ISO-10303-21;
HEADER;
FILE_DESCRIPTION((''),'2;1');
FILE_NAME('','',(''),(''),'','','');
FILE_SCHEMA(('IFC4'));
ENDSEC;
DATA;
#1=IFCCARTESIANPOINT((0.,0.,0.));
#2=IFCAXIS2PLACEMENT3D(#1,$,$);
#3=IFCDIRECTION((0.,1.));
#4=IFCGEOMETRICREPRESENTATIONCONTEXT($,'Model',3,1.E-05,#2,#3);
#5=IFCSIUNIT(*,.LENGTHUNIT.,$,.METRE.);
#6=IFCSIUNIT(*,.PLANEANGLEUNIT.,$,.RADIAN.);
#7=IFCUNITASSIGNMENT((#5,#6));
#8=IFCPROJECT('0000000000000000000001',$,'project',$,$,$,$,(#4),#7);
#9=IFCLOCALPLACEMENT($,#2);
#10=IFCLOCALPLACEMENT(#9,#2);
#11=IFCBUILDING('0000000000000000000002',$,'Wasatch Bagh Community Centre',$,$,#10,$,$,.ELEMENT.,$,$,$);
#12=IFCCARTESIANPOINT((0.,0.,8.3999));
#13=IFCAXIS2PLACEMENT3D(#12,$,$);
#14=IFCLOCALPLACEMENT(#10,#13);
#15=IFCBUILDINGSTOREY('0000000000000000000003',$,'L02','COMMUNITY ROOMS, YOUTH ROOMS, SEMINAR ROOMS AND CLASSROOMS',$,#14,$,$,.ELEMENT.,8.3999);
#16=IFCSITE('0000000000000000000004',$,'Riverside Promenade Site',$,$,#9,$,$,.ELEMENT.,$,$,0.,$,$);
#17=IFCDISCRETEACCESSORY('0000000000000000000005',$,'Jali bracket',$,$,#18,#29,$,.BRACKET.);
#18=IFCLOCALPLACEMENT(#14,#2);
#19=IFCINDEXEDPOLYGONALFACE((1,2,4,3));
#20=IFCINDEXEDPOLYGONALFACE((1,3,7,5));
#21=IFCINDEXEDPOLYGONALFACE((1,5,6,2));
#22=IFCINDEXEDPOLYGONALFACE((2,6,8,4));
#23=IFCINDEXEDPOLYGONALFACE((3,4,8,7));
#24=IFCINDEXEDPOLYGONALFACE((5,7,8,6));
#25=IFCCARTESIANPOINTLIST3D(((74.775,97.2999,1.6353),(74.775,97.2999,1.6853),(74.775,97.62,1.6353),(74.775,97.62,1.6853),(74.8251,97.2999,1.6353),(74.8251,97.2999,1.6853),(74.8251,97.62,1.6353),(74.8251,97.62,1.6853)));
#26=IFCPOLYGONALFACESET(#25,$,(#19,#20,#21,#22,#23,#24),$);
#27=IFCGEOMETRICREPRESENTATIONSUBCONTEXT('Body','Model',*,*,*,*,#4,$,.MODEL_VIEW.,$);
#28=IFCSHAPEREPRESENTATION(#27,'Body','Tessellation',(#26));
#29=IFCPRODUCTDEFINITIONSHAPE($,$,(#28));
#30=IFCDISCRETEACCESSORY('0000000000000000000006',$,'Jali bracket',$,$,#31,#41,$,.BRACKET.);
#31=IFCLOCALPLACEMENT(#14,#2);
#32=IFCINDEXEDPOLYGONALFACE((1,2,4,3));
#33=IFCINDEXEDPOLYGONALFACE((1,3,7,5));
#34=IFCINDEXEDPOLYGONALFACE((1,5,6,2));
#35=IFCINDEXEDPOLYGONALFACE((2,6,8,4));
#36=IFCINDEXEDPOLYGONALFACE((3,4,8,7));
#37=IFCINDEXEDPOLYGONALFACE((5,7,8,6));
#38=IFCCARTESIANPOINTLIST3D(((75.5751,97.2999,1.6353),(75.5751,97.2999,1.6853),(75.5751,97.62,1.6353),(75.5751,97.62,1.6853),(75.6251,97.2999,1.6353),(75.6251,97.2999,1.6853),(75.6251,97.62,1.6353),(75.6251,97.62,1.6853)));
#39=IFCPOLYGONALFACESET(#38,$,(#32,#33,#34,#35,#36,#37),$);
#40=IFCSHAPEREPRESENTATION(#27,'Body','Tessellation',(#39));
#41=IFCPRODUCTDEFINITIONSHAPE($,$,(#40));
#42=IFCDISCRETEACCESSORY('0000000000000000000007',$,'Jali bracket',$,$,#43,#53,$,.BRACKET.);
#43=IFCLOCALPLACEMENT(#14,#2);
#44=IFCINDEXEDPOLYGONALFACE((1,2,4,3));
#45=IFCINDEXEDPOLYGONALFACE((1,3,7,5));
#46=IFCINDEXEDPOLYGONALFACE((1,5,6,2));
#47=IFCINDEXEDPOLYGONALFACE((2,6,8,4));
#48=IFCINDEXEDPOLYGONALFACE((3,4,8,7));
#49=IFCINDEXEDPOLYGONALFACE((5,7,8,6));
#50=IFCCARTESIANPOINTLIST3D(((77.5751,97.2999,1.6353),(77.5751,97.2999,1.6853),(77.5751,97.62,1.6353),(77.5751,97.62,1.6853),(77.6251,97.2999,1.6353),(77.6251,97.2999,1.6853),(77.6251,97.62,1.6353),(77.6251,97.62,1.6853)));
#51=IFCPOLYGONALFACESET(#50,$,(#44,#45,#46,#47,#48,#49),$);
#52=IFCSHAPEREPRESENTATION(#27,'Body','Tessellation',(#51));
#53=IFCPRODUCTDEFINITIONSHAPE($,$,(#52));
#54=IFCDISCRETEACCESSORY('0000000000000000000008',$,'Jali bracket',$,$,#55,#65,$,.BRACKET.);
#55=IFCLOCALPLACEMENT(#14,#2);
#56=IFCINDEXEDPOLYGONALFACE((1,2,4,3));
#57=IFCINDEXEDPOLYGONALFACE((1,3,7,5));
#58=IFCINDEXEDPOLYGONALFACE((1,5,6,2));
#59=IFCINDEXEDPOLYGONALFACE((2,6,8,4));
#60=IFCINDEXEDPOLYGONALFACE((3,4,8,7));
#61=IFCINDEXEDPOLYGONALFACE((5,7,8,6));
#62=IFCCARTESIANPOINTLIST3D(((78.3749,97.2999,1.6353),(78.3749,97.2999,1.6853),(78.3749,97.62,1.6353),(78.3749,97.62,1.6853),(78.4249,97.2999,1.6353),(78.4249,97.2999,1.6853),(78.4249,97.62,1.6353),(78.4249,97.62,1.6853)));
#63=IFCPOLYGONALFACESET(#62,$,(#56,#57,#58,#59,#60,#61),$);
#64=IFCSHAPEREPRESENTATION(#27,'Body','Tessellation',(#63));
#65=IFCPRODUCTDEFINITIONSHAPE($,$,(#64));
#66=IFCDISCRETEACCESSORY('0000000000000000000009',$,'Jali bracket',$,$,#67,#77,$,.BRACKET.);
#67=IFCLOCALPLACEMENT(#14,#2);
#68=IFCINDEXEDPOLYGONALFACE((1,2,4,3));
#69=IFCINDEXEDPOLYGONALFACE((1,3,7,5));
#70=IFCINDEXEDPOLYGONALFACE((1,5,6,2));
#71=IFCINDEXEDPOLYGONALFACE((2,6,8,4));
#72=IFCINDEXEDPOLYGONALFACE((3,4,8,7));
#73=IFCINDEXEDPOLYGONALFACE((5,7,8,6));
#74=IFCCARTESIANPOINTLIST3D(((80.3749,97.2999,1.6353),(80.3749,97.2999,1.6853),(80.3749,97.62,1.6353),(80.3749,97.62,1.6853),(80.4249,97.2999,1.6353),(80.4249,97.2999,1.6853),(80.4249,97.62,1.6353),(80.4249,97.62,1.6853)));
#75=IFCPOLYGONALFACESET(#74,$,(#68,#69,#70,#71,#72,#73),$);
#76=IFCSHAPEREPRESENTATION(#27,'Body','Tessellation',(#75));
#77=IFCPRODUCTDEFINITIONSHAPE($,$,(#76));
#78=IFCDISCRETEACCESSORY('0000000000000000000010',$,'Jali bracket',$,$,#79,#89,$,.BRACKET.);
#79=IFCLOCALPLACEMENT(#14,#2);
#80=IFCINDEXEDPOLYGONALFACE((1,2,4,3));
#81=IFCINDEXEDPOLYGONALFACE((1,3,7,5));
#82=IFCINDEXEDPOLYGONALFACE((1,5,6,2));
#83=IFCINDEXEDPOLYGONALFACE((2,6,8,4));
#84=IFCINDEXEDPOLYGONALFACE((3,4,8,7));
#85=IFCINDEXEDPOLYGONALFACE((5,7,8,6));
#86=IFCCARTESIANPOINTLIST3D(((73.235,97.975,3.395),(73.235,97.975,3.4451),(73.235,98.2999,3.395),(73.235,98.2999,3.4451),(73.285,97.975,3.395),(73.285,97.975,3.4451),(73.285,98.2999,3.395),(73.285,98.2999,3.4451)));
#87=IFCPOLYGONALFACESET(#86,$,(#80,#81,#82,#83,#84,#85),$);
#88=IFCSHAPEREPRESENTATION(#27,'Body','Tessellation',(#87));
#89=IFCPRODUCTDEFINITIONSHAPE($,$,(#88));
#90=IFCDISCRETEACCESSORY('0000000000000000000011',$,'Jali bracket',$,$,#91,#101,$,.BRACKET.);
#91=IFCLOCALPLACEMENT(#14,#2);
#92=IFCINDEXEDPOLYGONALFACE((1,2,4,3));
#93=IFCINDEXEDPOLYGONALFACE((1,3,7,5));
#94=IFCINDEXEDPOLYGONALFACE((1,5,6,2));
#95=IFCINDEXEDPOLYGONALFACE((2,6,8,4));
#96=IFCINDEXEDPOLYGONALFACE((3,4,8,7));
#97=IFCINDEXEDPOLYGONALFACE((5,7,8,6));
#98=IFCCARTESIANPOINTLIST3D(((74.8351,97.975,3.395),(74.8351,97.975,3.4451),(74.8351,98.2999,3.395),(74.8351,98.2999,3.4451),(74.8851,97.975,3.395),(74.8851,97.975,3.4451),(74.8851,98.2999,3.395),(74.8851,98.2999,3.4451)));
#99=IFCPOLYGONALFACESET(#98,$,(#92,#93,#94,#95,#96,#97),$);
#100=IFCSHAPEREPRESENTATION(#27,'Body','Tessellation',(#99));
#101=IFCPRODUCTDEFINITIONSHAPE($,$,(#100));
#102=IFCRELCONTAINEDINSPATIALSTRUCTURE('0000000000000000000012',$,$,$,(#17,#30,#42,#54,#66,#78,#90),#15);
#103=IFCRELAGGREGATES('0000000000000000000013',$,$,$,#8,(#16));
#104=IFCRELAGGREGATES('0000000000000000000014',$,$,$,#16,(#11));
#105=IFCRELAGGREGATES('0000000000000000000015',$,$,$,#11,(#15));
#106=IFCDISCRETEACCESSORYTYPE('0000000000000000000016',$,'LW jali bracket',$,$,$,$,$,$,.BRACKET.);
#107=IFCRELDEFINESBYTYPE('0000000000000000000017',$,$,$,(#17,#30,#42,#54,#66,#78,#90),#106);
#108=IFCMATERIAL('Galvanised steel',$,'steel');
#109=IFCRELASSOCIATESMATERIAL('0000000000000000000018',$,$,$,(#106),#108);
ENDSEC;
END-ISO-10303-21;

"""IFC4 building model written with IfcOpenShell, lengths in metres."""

from ifc_helpers import new_model, si_unit, direction, frame, origin, origin_2d, place, context, subcontext, project, spatial, rectangle, extrude, material, type_object, element, save


model = new_model("IFC4")

# Units and contexts
model_context = context("Model", 3, precision=1e-05, world=origin(), true_north=direction((0.0, 1.0)))
body_context = subcontext(model_context, "Body", "Model", "MODEL_VIEW")
ifc_project = project(units=[si_unit("LENGTHUNIT", "METRE"), si_unit("PLANEANGLEUNIT", "RADIAN")], contexts=[model_context])

# Site, building, storey
site_placement = place(None, origin())
site = spatial("IfcSite", under=ifc_project, at=site_placement, Name="Riverside Promenade Site", CompositionType="ELEMENT", RefElevation=0.0)
building_placement = place(site_placement, origin())
building = spatial("IfcBuilding", under=site, at=building_placement, Name="Wasatch Bagh Community Centre", CompositionType="ELEMENT")
storey_placement = place(building_placement, frame((0.0, 0.0, 8.3999)))
storey = spatial("IfcBuildingStorey", under=building, at=storey_placement, Name="L02", Description="COMMUNITY ROOMS, YOUTH ROOMS, SEMINAR ROOMS AND CLASSROOMS", CompositionType="ELEMENT", Elevation=8.3999)

# Discrete accessories
ifc_material_1 = material(Name="Galvanised steel", Category="steel")
discrete_accessory_type = type_object("IfcDiscreteAccessoryType", Name="LW jali bracket", PredefinedType="BRACKET", material=ifc_material_1)
for number, where, z_axis, x_axis, name in (
    (1, (74.8, 97.46, 1.6353), (0.0, 0.0, 1.0), (1.0, 0.0, 0.0), "Jali bracket"),
    (2, (75.6001, 97.46, 1.6353), (0.0, 0.0, 1.0), (1.0, 0.0, 0.0), "Jali bracket"),
    (3, (77.6001, 97.46, 1.6353), (0.0, 0.0, 1.0), (1.0, 0.0, 0.0), "Jali bracket"),
    (4, (78.3999, 97.46, 1.6353), (0.0, 0.0, 1.0), (1.0, 0.0, 0.0), "Jali bracket"),
    (5, (80.3999, 97.46, 1.6353), (0.0, 0.0, 1.0), (1.0, 0.0, 0.0), "Jali bracket"),
):
    element("IfcDiscreteAccessory", number, at=place(storey_placement, frame(where, z_axis=z_axis, x_axis=x_axis)), inside=storey, type_object=discrete_accessory_type, Name=name, PredefinedType="BRACKET", context=body_context, shape_type="SweptSolid", body=[
        extrude(rectangle(XDim=0.05, YDim=0.3201, at=origin_2d()), origin(), (0.0, 0.0, 1.0), 0.05),
    ])
for number, where, z_axis, x_axis, name in (
    (6, (73.26, 98.1375, 3.395), (0.0, 0.0, 1.0), (1.0, 0.0, 0.0), "Jali bracket"),
    (7, (74.8601, 98.1375, 3.395), (0.0, 0.0, 1.0), (1.0, 0.0, 0.0), "Jali bracket"),
):
    element("IfcDiscreteAccessory", number, at=place(storey_placement, frame(where, z_axis=z_axis, x_axis=x_axis)), inside=storey, type_object=discrete_accessory_type, Name=name, PredefinedType="BRACKET", context=body_context, shape_type="SweptSolid", body=[
        extrude(rectangle(XDim=0.05, YDim=0.325, at=origin_2d()), origin(), (0.0, 0.0, 1.0), 0.05),
    ])

save(model, "model.ifc")
